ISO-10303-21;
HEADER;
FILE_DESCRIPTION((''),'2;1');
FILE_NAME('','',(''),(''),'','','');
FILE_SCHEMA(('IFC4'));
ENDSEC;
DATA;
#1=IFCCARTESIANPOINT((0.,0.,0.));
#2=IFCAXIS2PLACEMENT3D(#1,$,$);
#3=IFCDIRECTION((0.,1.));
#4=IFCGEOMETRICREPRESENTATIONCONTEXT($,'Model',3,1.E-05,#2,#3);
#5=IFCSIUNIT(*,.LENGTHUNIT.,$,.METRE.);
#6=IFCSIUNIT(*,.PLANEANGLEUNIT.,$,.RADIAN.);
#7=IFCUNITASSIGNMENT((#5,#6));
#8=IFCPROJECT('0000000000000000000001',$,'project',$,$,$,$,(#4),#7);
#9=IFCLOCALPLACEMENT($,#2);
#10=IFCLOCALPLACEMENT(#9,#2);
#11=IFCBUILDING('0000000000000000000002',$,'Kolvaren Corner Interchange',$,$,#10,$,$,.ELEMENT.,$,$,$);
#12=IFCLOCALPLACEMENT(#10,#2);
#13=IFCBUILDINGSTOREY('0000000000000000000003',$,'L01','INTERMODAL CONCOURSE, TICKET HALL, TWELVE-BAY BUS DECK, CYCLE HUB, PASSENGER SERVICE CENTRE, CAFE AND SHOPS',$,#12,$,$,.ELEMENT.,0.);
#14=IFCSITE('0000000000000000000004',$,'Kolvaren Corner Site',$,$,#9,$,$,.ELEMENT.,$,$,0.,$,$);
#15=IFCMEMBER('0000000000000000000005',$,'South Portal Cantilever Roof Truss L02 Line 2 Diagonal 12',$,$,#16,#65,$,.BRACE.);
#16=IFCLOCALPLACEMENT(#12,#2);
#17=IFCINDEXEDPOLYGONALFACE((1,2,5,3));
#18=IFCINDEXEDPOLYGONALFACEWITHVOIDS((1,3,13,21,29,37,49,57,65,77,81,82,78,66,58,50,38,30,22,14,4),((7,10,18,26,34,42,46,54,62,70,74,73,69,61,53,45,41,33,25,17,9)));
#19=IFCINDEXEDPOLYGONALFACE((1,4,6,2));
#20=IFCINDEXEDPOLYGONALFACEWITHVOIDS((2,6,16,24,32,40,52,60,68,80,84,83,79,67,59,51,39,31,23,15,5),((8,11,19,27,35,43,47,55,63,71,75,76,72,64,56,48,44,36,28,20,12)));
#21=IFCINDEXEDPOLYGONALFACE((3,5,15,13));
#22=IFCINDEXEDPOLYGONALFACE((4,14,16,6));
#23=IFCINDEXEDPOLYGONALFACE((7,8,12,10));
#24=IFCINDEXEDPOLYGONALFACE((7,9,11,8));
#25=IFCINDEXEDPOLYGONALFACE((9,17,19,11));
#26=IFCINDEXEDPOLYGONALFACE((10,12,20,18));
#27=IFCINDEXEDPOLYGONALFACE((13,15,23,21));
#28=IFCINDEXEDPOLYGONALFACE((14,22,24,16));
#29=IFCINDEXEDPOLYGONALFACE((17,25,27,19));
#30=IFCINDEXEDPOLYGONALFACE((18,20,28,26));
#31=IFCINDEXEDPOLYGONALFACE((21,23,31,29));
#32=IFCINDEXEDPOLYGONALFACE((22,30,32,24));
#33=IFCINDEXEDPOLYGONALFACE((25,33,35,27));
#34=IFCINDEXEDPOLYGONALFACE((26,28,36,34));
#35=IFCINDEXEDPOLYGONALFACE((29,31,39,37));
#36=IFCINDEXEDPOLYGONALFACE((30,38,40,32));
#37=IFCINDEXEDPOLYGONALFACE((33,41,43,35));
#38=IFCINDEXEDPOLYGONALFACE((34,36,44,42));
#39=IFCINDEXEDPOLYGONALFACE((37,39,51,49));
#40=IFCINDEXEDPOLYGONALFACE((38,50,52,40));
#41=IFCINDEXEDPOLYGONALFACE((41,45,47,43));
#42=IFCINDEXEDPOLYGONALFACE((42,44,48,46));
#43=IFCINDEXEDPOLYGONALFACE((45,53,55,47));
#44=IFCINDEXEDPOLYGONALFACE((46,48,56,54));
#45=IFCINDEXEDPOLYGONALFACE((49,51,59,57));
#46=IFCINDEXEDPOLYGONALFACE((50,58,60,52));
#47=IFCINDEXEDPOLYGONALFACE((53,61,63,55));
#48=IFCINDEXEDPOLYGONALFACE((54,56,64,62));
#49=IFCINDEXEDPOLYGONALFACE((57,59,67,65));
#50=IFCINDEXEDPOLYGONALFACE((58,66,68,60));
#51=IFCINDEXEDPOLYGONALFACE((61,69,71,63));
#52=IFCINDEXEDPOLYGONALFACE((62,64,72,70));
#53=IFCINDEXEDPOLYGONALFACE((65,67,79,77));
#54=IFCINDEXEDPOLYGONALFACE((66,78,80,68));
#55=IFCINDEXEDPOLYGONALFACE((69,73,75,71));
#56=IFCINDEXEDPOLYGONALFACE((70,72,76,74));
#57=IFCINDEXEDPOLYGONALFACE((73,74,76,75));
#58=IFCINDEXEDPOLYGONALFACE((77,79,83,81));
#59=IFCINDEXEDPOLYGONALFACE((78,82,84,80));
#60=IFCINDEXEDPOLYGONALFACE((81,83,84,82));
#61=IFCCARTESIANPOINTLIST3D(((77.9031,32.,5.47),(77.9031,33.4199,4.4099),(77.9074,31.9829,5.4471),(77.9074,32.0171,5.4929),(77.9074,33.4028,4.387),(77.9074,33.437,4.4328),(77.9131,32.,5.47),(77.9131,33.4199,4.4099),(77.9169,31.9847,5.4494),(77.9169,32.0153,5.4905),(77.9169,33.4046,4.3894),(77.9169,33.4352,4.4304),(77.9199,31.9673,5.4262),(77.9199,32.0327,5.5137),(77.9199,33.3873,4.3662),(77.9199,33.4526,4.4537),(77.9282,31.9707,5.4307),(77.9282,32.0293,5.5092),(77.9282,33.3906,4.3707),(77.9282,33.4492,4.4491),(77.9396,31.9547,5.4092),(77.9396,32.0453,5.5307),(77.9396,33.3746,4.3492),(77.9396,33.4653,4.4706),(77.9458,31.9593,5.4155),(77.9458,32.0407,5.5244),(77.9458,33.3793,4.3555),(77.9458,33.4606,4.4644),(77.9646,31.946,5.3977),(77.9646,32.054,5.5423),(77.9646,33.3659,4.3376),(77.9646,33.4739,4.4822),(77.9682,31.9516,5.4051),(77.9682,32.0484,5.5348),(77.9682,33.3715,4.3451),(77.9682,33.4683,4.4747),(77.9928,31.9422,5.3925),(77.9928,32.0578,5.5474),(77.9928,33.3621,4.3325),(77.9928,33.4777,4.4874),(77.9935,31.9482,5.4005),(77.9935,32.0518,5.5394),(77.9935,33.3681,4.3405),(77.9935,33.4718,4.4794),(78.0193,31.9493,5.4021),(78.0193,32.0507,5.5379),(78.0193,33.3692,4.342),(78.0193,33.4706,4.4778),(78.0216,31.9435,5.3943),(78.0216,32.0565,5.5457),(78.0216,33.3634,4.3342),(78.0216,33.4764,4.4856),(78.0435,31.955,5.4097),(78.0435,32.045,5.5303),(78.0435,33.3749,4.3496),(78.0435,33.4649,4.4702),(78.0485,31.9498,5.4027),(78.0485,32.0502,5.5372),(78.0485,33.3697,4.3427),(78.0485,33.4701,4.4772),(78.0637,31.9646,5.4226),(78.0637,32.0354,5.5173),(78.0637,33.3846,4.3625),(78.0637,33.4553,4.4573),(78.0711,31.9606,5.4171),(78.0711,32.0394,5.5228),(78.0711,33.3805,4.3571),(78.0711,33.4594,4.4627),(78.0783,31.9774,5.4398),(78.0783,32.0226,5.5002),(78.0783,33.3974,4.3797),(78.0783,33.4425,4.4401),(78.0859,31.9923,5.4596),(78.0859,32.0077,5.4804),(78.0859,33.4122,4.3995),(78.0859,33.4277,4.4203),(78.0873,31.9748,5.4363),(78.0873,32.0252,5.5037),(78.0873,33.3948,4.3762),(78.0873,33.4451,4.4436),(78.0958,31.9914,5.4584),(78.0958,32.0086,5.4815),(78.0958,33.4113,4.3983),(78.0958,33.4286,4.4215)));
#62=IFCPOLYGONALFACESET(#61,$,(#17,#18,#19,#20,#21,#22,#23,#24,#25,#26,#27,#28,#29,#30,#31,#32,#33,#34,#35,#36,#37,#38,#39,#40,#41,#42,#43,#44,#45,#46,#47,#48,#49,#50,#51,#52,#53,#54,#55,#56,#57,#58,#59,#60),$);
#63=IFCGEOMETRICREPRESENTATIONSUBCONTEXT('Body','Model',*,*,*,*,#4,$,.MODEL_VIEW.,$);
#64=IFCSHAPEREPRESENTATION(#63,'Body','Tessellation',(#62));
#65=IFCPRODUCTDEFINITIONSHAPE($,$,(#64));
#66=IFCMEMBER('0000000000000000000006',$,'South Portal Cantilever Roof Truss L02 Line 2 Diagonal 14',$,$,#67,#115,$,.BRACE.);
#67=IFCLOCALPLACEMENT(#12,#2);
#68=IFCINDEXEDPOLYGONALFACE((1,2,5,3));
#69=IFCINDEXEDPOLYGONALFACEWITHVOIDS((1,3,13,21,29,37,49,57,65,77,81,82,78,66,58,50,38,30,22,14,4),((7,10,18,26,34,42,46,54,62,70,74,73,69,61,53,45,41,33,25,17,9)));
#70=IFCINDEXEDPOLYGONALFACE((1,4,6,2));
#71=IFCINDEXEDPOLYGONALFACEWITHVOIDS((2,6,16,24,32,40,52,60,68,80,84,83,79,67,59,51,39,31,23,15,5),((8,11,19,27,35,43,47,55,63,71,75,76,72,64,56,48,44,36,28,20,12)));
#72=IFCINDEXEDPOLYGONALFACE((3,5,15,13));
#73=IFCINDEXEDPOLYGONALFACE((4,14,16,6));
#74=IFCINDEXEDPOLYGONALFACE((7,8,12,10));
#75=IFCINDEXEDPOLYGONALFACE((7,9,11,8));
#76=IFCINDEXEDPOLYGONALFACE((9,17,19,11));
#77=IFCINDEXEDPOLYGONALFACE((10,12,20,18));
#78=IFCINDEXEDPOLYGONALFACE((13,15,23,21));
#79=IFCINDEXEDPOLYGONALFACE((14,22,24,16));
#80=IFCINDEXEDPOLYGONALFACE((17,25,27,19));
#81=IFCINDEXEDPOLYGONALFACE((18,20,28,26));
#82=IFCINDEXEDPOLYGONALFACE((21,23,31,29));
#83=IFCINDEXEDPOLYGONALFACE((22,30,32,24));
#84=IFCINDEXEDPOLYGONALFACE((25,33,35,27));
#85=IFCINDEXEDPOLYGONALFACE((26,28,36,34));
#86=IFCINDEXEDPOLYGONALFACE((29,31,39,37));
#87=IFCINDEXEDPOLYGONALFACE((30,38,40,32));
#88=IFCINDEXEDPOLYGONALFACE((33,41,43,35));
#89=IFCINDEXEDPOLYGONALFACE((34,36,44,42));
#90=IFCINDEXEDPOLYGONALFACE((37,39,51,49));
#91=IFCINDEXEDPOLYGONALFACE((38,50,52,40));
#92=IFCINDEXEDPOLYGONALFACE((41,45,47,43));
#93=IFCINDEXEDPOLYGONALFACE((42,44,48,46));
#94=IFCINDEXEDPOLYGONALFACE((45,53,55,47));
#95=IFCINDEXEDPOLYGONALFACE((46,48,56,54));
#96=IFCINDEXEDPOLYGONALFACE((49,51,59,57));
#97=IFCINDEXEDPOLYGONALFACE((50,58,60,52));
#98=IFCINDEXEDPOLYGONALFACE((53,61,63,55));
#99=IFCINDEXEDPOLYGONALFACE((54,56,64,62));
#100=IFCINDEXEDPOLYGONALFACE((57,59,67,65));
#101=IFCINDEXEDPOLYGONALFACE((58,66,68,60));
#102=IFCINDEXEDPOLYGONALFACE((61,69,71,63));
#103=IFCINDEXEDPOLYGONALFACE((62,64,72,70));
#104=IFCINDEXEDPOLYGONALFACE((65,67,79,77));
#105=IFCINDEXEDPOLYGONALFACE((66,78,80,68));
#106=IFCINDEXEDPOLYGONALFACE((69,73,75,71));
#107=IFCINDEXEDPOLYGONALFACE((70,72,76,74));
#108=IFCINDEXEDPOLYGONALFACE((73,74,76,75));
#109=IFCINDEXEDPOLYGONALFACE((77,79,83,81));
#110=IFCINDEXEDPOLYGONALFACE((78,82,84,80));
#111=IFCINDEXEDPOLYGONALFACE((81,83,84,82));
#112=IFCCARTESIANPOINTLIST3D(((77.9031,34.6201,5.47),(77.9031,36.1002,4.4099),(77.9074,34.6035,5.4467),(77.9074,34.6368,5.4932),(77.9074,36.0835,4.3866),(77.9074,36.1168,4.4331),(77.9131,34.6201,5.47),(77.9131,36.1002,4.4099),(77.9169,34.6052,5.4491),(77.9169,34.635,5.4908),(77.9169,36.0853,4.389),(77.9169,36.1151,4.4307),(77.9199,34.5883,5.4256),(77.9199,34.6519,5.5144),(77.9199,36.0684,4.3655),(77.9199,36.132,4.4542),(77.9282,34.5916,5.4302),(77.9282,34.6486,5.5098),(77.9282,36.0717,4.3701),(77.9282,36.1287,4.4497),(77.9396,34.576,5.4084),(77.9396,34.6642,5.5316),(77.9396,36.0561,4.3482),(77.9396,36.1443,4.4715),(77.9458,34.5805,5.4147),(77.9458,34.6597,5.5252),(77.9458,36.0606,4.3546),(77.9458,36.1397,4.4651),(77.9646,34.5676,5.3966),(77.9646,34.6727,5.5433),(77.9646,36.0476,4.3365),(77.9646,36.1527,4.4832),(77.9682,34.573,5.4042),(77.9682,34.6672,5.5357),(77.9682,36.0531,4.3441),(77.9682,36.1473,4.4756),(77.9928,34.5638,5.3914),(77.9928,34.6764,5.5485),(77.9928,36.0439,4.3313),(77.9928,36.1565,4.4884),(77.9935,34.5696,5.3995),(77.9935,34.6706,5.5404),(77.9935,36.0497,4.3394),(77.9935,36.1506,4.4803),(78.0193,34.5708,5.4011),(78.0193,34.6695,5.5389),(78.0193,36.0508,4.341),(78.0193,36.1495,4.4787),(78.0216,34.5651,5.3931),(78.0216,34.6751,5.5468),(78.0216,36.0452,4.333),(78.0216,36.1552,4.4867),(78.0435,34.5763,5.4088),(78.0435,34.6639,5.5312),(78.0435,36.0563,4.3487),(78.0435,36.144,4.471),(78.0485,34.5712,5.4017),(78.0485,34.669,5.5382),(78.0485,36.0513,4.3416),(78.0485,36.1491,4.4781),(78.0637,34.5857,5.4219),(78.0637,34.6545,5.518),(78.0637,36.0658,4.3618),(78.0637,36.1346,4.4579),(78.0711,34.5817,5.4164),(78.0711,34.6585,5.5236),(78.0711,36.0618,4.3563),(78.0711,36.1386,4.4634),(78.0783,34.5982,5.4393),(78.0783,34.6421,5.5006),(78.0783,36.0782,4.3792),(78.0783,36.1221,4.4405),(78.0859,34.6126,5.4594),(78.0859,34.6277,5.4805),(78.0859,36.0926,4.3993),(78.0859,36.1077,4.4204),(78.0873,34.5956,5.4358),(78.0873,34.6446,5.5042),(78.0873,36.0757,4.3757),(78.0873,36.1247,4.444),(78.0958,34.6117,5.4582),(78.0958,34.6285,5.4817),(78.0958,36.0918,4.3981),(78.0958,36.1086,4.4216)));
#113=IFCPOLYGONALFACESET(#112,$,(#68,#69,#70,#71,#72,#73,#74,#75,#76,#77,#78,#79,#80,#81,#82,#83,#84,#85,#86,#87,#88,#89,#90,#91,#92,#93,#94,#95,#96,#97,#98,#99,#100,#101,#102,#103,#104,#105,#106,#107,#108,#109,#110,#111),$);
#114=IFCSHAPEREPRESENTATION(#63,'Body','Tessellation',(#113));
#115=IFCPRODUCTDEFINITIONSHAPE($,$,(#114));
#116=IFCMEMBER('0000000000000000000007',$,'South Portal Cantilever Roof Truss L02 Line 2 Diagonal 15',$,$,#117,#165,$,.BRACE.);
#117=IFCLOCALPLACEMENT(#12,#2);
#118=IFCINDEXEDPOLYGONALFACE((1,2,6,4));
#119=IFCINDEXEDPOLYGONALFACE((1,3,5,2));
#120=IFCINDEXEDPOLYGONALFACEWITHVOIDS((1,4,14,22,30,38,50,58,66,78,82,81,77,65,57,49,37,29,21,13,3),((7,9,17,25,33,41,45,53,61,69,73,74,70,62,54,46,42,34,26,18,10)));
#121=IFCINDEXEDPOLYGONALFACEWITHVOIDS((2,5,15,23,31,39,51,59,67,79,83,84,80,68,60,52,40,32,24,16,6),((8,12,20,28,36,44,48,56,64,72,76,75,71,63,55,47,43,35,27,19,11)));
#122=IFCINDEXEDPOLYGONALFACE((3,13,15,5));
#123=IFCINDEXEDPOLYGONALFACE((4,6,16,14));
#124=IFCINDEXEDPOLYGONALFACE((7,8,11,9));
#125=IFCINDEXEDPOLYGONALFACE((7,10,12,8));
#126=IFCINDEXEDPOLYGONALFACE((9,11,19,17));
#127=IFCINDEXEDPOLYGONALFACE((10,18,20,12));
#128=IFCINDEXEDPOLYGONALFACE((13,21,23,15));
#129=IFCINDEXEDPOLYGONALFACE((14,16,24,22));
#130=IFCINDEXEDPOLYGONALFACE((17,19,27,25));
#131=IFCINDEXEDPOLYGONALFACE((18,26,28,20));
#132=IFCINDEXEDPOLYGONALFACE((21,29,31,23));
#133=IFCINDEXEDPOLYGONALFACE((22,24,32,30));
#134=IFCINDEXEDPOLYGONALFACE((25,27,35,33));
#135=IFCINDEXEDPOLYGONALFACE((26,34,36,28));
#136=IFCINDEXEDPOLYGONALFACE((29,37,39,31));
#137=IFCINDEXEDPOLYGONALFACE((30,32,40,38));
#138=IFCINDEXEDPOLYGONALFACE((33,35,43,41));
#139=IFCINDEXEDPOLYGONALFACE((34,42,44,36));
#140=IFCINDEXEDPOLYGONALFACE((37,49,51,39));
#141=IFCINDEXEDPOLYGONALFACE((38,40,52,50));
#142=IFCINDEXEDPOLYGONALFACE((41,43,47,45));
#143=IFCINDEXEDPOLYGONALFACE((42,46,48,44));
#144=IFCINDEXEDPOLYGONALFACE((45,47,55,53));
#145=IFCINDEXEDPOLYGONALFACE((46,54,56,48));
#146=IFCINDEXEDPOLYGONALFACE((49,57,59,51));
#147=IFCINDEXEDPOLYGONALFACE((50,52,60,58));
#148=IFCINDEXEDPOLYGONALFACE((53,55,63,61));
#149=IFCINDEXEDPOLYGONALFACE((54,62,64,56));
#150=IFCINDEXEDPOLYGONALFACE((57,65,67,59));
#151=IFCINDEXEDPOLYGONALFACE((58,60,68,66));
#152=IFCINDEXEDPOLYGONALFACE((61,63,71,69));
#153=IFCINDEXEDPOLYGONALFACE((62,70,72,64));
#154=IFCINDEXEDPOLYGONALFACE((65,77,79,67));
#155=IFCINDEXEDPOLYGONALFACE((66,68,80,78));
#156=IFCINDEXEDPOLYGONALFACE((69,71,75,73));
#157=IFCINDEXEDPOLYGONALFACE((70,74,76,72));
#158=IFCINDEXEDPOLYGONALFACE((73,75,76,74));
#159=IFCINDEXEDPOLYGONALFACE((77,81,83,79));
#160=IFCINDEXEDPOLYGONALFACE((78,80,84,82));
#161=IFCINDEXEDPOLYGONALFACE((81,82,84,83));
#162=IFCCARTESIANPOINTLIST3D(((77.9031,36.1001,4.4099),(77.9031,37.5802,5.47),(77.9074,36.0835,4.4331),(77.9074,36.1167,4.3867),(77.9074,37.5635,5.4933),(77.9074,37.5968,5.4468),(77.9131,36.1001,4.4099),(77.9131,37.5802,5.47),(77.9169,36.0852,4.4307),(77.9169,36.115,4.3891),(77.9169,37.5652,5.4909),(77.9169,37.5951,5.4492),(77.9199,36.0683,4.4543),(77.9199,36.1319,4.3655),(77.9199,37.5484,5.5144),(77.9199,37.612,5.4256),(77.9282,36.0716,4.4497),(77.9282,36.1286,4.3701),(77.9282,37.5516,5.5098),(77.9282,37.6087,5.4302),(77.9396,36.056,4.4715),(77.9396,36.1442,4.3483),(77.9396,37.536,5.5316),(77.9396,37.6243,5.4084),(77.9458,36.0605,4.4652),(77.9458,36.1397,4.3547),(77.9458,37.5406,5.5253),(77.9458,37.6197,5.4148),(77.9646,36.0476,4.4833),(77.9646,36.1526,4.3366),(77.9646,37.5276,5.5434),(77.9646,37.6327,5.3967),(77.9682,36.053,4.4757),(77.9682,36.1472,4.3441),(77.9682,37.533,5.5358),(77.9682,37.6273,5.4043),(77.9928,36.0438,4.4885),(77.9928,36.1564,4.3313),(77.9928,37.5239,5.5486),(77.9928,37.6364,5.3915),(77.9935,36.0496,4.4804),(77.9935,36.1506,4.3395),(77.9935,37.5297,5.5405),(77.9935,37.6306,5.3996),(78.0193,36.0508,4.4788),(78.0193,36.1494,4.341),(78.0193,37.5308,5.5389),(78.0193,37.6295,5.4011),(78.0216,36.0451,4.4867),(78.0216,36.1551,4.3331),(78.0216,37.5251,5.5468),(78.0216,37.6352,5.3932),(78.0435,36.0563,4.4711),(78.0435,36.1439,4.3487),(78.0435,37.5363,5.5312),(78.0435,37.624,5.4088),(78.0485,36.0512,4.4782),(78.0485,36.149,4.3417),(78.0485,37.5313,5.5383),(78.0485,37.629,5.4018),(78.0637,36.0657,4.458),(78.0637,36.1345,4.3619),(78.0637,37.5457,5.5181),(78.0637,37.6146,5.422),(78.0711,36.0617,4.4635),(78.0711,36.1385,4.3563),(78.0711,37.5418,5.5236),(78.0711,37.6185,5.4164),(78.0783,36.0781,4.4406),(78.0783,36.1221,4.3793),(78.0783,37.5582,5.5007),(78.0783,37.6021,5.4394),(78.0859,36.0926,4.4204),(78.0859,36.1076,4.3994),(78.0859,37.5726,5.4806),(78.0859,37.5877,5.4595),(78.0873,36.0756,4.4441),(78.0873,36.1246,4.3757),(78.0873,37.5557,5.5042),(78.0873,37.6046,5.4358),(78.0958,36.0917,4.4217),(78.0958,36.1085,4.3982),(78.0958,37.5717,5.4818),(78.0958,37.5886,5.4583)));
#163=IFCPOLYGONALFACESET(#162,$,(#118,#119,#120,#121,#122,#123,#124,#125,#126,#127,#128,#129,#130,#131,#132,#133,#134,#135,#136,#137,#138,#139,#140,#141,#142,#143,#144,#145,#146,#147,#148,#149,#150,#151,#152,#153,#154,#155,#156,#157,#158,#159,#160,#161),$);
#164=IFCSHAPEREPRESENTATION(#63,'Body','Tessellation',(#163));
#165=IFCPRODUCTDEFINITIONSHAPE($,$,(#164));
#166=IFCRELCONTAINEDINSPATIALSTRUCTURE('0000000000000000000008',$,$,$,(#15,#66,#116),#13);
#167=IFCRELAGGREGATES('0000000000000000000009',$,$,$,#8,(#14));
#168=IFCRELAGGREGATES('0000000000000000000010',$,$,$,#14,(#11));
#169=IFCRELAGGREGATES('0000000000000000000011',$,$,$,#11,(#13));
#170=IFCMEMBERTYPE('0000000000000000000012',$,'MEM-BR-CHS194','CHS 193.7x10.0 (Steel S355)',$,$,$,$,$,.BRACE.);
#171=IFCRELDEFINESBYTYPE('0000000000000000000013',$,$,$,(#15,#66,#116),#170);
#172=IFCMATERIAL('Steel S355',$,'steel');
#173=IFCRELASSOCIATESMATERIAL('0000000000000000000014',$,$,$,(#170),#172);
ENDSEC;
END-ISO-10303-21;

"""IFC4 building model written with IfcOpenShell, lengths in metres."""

from ifc_helpers import new_model, si_unit, direction, frame, origin, origin_2d, place, context, subcontext, project, spatial, hollow_circle, extrude, material, material_profile, profile_set, type_object, element, save


model = new_model("IFC4")

# Units and contexts
model_context = context("Model", 3, precision=1e-05, world=origin(), true_north=direction((0.0, 1.0)))
body_context = subcontext(model_context, "Body", "Model", "MODEL_VIEW")
ifc_project = project(units=[si_unit("LENGTHUNIT", "METRE"), si_unit("PLANEANGLEUNIT", "RADIAN")], contexts=[model_context])

# Site, building, storey
site_placement = place(None, origin())
site = spatial("IfcSite", under=ifc_project, at=site_placement, Name="Kolvaren Corner Site", CompositionType="ELEMENT", RefElevation=0.0)
building_placement = place(site_placement, origin())
building = spatial("IfcBuilding", under=site, at=building_placement, Name="Kolvaren Corner Interchange", CompositionType="ELEMENT")
storey_placement = place(building_placement, origin())
storey = spatial("IfcBuildingStorey", under=building, at=storey_placement, Name="L01", Description="INTERMODAL CONCOURSE, TICKET HALL, TWELVE-BAY BUS DECK, CYCLE HUB, PASSENGER SERVICE CENTRE, CAFE AND SHOPS", CompositionType="ELEMENT", Elevation=0.0)

# Members
ifc_material_1 = material(Name="Steel S355", Category="steel")
ifc_material_profile_1 = material_profile(ifc_material_1, hollow_circle(Radius=0.0969, WallThickness=0.01, at=origin_2d()), Name="CHS 193.7x10.0")
ifc_profile_set_1 = profile_set([ifc_material_profile_1], Name="Steel S355")
member_type_1 = type_object("IfcMemberType", Name="MEM-BR-CHS194", Description="CHS 193.7x10.0 (Steel S355)", PredefinedType="BRACE", material=ifc_profile_set_1)
member_1_placement = place(storey_placement, frame((78.0, 32.0, 5.47), z_axis=(0.0, 0.801321, -0.598235), x_axis=(-1.0, 0.0, 0.0)))
element("IfcMember", 1, at=member_1_placement, inside=storey, type_object=member_type_1, Name="South Portal Cantilever Roof Truss L02 Line 2 Diagonal 12", PredefinedType="BRACE", context=body_context, shape_type="SweptSolid", body=[
    extrude(hollow_circle(Radius=0.0969, WallThickness=0.01, at=origin_2d()), origin(), (0.0, 0.0, 1.0), 1.772),
])
for number, where, z_axis, x_axis, name in (
    (2, (78.0, 34.6201, 5.47), (0.0, 0.812972, -0.582303), (-1.0, 0.0, 0.0), "South Portal Cantilever Roof Truss L02 Line 2 Diagonal 14"),
    (3, (78.0, 36.1001, 4.4099), (0.0, 0.812972, 0.582303), (-1.0, 0.0, 0.0), "South Portal Cantilever Roof Truss L02 Line 2 Diagonal 15"),
):
    element("IfcMember", number, at=place(storey_placement, frame(where, z_axis=z_axis, x_axis=x_axis)), inside=storey, type_object=member_type_1, Name=name, PredefinedType="BRACE", context=body_context, shape_type="SweptSolid", body=[
        extrude(hollow_circle(Radius=0.0969, WallThickness=0.01, at=origin_2d()), origin(), (0.0, 0.0, 1.0), 1.8206),
    ])

save(model, "model.ifc")
